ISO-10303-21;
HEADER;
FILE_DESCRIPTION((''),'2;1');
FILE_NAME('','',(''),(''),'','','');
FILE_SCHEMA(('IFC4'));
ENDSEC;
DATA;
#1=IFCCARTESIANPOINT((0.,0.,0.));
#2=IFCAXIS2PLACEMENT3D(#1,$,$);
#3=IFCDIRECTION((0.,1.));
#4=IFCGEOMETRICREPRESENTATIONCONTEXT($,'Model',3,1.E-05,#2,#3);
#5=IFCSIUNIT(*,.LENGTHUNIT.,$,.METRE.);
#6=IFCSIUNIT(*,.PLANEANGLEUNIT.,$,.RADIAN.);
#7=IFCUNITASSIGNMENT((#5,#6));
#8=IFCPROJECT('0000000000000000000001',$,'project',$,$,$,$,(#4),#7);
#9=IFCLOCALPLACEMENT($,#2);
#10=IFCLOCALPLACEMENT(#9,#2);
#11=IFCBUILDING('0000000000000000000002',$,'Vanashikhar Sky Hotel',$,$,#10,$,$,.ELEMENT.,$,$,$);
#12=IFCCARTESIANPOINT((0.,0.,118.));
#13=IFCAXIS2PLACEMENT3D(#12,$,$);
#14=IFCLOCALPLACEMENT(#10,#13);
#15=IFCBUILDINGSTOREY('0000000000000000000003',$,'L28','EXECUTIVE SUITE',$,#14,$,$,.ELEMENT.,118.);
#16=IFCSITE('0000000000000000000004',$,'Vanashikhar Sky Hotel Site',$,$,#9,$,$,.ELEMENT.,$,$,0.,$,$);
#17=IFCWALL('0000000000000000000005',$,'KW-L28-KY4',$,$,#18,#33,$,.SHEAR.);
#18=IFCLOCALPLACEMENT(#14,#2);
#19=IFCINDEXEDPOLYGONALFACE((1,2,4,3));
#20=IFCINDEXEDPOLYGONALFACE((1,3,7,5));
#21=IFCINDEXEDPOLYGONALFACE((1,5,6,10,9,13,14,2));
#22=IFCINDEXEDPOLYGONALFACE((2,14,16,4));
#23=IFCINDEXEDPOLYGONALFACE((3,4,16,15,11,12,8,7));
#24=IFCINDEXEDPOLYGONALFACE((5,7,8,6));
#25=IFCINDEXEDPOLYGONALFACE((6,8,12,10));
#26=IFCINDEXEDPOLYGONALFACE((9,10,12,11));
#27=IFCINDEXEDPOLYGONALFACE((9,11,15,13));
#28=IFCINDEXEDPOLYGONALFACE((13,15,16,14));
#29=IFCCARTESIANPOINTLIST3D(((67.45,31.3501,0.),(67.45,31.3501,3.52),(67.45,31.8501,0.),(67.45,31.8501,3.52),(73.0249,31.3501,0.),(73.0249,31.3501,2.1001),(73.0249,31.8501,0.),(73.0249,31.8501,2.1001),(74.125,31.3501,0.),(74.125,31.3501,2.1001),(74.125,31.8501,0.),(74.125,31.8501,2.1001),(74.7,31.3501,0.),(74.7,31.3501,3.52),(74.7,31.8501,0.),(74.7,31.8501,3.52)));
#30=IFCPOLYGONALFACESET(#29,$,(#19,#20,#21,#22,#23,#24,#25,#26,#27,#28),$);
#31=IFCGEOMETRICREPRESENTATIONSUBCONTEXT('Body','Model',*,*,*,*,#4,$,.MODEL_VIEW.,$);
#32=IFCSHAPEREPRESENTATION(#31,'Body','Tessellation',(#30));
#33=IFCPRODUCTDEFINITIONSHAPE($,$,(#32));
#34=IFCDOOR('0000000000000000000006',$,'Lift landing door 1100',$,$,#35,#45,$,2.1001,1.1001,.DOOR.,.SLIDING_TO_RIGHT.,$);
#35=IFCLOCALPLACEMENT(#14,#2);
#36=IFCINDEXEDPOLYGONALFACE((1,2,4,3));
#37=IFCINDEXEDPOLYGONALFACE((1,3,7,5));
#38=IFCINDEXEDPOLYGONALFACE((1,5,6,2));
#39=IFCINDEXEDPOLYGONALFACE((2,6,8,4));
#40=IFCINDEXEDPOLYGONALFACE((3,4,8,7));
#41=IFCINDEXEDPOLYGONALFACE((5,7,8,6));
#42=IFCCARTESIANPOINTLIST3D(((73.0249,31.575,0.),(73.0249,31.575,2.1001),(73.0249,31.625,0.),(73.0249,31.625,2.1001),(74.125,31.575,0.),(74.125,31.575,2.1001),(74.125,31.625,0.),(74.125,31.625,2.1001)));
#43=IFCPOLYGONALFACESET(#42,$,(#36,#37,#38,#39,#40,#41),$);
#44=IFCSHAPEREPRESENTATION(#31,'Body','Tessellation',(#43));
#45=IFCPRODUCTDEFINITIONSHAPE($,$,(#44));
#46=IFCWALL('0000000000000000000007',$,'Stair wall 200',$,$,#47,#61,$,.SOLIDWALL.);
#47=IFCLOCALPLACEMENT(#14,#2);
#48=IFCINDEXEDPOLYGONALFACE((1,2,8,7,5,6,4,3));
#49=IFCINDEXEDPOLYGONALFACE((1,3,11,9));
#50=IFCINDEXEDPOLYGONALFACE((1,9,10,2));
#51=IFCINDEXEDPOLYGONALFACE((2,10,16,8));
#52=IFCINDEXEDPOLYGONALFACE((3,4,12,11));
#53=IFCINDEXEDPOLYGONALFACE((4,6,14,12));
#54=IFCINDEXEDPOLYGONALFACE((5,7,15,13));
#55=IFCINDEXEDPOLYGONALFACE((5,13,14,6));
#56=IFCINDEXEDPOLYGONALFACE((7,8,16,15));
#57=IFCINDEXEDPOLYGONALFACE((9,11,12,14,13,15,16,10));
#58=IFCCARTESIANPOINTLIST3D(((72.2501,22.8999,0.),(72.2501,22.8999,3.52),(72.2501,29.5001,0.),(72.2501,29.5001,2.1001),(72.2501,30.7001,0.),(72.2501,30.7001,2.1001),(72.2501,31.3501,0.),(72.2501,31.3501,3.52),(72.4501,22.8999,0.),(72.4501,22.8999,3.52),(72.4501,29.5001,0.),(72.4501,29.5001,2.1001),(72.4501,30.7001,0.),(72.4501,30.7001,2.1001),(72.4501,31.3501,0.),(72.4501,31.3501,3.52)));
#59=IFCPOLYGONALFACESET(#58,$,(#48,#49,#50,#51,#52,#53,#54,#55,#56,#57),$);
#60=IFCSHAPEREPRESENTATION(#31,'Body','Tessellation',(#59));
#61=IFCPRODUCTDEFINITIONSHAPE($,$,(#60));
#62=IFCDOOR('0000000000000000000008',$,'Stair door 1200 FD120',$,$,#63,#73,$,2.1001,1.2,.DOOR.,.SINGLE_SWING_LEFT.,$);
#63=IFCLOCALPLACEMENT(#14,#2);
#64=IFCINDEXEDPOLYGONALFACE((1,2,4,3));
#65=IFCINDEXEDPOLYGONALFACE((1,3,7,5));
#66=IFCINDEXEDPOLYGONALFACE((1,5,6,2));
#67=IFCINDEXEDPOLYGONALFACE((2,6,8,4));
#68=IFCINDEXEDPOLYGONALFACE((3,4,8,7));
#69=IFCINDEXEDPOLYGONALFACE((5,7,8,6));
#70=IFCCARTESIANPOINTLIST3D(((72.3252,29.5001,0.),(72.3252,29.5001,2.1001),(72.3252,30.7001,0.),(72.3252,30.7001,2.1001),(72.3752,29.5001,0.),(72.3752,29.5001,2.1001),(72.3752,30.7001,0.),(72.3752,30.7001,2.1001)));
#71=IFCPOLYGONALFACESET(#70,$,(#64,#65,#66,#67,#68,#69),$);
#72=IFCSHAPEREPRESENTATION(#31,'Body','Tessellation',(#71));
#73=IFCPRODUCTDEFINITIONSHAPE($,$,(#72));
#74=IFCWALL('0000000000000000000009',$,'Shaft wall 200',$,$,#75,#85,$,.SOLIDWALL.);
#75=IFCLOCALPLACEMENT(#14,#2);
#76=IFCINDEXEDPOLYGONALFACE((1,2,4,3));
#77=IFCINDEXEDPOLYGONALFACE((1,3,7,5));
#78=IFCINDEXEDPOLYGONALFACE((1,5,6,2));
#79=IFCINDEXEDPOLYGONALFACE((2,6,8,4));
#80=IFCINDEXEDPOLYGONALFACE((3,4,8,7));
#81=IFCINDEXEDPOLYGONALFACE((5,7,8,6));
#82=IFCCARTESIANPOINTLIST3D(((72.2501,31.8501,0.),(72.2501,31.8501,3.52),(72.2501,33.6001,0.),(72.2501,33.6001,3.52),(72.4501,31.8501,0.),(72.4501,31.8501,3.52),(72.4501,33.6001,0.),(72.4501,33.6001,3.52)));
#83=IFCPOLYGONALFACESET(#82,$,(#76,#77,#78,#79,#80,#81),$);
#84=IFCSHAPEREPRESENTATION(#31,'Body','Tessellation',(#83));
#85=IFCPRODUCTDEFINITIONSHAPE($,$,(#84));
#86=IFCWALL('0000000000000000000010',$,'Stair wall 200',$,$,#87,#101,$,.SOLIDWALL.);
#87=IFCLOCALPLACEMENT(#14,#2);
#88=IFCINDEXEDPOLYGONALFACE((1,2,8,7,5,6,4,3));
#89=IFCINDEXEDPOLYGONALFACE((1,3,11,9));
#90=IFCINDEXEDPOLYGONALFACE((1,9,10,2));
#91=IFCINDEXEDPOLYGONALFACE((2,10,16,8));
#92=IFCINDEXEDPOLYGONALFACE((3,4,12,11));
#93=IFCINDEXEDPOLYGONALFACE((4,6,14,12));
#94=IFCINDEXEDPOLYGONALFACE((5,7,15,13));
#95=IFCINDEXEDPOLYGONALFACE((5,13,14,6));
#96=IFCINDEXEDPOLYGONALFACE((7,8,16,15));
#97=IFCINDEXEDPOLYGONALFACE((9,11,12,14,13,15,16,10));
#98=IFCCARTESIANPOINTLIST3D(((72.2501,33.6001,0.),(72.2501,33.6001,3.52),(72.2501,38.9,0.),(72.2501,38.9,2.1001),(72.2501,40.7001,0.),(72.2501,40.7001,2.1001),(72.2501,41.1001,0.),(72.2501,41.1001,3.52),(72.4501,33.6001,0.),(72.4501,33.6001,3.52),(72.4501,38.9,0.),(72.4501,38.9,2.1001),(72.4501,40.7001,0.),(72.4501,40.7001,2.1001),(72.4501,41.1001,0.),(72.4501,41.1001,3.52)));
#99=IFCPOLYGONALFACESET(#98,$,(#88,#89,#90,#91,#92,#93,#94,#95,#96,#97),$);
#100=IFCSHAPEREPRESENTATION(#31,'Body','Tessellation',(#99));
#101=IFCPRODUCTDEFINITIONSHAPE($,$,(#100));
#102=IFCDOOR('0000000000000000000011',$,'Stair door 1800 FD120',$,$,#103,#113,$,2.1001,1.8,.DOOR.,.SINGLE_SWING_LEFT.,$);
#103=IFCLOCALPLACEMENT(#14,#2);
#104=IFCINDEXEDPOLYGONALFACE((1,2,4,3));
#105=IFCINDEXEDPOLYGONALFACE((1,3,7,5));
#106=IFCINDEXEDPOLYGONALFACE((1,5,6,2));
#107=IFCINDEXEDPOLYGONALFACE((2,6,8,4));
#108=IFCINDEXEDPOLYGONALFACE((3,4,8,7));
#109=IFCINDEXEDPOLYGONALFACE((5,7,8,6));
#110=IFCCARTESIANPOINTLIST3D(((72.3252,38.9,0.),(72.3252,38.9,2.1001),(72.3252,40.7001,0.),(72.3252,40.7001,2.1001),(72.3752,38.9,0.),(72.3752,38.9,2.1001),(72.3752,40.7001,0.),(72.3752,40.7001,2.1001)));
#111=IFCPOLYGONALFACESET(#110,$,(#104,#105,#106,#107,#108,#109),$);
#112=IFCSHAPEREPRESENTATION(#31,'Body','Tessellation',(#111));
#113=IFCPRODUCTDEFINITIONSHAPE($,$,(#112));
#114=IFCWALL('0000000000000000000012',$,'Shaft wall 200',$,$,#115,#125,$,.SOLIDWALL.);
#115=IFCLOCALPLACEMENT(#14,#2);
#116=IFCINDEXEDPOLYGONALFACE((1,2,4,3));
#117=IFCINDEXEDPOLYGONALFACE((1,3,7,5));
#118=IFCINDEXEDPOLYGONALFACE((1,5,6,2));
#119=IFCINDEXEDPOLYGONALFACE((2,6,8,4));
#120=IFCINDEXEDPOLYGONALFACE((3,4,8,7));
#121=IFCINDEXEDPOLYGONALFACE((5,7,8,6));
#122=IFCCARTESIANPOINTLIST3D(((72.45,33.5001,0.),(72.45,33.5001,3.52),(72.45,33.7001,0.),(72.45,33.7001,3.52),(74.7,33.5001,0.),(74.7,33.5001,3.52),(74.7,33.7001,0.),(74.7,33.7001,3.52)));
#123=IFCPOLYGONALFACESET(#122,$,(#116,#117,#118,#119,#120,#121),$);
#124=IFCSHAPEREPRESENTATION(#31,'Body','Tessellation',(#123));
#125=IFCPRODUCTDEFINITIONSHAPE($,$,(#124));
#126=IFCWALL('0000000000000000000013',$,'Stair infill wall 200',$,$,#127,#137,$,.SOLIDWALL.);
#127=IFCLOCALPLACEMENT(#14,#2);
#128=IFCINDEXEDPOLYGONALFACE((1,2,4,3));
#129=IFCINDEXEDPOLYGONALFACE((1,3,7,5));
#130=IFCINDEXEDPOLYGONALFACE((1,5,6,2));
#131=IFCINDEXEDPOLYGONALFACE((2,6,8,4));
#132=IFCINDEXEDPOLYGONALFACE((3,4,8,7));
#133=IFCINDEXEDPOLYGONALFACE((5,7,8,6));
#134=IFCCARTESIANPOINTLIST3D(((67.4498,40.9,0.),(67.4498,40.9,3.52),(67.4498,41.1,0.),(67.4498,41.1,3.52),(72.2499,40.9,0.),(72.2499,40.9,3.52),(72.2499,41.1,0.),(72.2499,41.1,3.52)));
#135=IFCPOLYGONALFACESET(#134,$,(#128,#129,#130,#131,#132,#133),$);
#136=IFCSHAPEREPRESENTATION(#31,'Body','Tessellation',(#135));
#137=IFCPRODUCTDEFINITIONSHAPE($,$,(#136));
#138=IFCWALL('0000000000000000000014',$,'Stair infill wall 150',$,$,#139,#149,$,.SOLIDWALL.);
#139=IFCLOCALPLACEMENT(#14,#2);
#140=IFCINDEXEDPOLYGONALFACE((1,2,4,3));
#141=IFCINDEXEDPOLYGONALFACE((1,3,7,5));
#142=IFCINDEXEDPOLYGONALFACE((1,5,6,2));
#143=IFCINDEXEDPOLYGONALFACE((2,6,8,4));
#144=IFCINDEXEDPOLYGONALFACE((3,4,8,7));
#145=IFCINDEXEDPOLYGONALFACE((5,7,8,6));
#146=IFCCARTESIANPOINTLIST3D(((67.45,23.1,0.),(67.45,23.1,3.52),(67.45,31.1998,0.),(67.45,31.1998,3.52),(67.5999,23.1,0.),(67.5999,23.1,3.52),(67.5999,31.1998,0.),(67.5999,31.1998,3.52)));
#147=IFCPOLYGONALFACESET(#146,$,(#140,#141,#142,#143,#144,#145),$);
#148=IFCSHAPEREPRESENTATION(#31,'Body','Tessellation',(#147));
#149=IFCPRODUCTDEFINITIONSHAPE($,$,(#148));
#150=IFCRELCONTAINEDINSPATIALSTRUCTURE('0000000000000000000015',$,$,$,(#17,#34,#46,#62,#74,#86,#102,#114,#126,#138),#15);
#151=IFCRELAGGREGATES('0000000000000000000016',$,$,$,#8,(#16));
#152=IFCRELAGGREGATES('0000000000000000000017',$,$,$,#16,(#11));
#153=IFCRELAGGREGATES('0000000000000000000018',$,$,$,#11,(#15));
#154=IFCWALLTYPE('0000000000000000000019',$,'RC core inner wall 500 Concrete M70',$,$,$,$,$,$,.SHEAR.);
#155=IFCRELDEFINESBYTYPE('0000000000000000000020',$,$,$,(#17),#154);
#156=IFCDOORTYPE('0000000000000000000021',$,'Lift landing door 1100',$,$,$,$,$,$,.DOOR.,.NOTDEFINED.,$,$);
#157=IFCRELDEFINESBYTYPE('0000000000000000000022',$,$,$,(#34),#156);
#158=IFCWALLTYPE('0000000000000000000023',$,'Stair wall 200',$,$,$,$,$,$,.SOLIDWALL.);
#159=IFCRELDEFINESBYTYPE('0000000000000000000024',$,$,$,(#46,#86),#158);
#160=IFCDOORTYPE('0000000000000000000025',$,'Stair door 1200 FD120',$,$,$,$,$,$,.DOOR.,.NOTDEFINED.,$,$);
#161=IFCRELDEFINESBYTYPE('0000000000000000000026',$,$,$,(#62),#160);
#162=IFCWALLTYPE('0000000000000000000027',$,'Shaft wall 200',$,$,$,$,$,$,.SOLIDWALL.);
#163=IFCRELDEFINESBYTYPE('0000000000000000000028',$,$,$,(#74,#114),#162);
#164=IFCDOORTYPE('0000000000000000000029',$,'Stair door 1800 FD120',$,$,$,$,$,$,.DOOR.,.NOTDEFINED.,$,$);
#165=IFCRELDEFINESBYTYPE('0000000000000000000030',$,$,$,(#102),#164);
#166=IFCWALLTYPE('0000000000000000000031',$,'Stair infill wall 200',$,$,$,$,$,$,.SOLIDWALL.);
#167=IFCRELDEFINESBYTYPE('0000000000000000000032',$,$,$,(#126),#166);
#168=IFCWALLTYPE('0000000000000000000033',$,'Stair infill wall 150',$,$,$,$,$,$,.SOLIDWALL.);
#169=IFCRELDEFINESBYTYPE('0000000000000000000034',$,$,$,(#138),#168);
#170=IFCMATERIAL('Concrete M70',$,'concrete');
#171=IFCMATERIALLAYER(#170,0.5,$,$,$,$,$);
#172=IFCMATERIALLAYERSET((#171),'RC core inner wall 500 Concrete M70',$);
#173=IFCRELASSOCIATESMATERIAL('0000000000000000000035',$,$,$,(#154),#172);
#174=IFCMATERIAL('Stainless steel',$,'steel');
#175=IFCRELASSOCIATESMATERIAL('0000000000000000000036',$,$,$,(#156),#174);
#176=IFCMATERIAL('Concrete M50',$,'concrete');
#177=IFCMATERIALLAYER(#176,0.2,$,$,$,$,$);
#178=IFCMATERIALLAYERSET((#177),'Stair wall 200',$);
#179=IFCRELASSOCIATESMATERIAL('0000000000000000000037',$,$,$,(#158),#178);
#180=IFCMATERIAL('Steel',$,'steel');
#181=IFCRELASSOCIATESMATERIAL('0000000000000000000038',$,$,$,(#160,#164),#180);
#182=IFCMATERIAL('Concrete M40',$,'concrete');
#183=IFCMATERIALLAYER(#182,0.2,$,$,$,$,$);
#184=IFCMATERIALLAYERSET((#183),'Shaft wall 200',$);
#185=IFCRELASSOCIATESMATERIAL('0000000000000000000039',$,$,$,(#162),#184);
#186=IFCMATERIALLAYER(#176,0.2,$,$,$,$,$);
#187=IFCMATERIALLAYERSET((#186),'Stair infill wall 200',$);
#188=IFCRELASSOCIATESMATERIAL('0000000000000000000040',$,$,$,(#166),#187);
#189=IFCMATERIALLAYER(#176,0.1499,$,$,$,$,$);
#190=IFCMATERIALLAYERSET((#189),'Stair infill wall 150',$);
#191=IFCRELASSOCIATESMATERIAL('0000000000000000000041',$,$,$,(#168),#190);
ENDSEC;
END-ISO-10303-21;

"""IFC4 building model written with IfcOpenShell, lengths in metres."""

from ifc_helpers import new_model, si_unit, direction, frame, frame_2d, origin, place, context, subcontext, project, spatial, rectangle, extrude, source, transform, mapped, material, layer, layer_set, type_object, element, fill, save


model = new_model("IFC4")

# Units and contexts
model_context = context("Model", 3, precision=1e-05, world=origin(), true_north=direction((0.0, 1.0)))
body_context = subcontext(model_context, "Body", "Model", "MODEL_VIEW")
ifc_project = project(units=[si_unit("LENGTHUNIT", "METRE"), si_unit("PLANEANGLEUNIT", "RADIAN")], contexts=[model_context])

# Site, building, storey
site_placement = place(None, origin())
site = spatial("IfcSite", under=ifc_project, at=site_placement, Name="Vanashikhar Sky Hotel Site", CompositionType="ELEMENT", RefElevation=0.0)
building_placement = place(site_placement, origin())
building = spatial("IfcBuilding", under=site, at=building_placement, Name="Vanashikhar Sky Hotel", CompositionType="ELEMENT")
storey_placement = place(building_placement, frame((0.0, 0.0, 118.0)))
storey = spatial("IfcBuildingStorey", under=building, at=storey_placement, Name="L28", Description="EXECUTIVE SUITE", CompositionType="ELEMENT", Elevation=118.0)

# Walls, openings, doors
ifc_material_1 = material(Name="Concrete M70", Category="concrete")
ifc_layer_1 = layer(ifc_material_1, 0.5)
ifc_layer_set_1 = layer_set([ifc_layer_1], Name="RC core inner wall 500 Concrete M70")
wall_type_1 = type_object("IfcWallType", Name="RC core inner wall 500 Concrete M70", PredefinedType="SHEAR", material=ifc_layer_set_1)
shared_shape_1 = source(origin(), body_context, "Body", "SweptSolid", [
    extrude(rectangle(XDim=7.25, YDim=0.5, at=frame_2d((3.625, 0.0))), origin(), (0.0, 0.0, 1.0), 3.52),
])
wall_1_placement = place(storey_placement, frame((67.45, 31.6001, 0.0), z_axis=(0.0, 0.0, 1.0), x_axis=(1.0, 0.0, 0.0)))
wall_1 = element("IfcWall", 1, at=wall_1_placement, inside=storey, type_object=wall_type_1, Name="KW-L28-KY4", PredefinedType="SHEAR", context=body_context, shape_type="MappedRepresentation", body=[
    mapped(shared_shape_1, transform((0.0, 0.0, 0.0), scale=1.0)),
])
shared_shape_2 = source(origin(), body_context, "Body", "SweptSolid", [
    extrude(rectangle(XDim=1.1001, YDim=2.1001, at=frame_2d((0.55, 1.05))), frame((0.0, 0.26, 0.0), z_axis=(0.0, -1.0, 0.0), x_axis=(1.0, 0.0, 0.0)), (0.0, 0.0, 1.0), 0.52),
])
opening_1_placement = place(wall_1_placement, frame((5.575, 0.0, 0.0)))
opening_1 = element("IfcOpeningElement", 2, at=opening_1_placement, cuts=wall_1, PredefinedType="OPENING", context=body_context, shape_type="MappedRepresentation", body=[
    mapped(shared_shape_2, transform((0.0, 0.0, 0.0), scale=1.0)),
])
ifc_material_2 = material(Name="Stainless steel", Category="steel")
door_type_1 = type_object("IfcDoorType", Name="Lift landing door 1100", OperationType="NOTDEFINED", PredefinedType="DOOR", material=ifc_material_2)
shared_shape_3 = source(origin(), body_context, "Body", "SweptSolid", [
    extrude(rectangle(XDim=1.1001, YDim=2.1001, at=frame_2d((0.55, 1.05))), frame((0.0, 0.0249, 0.0), z_axis=(0.0, -1.0, 0.0), x_axis=(1.0, 0.0, 0.0)), (0.0, 0.0, 1.0), 0.05),
])
door_1_placement = place(opening_1_placement, origin())
door_1 = element("IfcDoor", 3, at=door_1_placement, inside=storey, type_object=door_type_1, Name="Lift landing door 1100", OperationType="SLIDING_TO_RIGHT", OverallHeight=2.1001, OverallWidth=1.1001, PredefinedType="DOOR", context=body_context, shape_type="MappedRepresentation", body=[
    mapped(shared_shape_3, transform((0.0, 0.0, 0.0), scale=1.0)),
])
fill(opening_1, door_1)
ifc_material_3 = material(Name="Concrete M50", Category="concrete")
ifc_layer_2 = layer(ifc_material_3, 0.2)
ifc_layer_set_2 = layer_set([ifc_layer_2], Name="Stair wall 200")
wall_type_2 = type_object("IfcWallType", Name="Stair wall 200", PredefinedType="SOLIDWALL", material=ifc_layer_set_2)
shared_shape_4 = source(origin(), body_context, "Body", "SweptSolid", [
    extrude(rectangle(XDim=8.4502, YDim=0.2, at=frame_2d((4.2251, 0.0))), origin(), (0.0, 0.0, 1.0), 3.52),
])
wall_2_placement = place(storey_placement, frame((72.3501, 22.8999, 0.0), z_axis=(0.0, 0.0, 1.0), x_axis=(0.0, 1.0, 0.0)))
wall_2 = element("IfcWall", 4, at=wall_2_placement, inside=storey, type_object=wall_type_2, Name="Stair wall 200", PredefinedType="SOLIDWALL", context=body_context, shape_type="MappedRepresentation", body=[
    mapped(shared_shape_4, transform((0.0, 0.0, 0.0), scale=1.0)),
])
shared_shape_5 = source(origin(), body_context, "Body", "SweptSolid", [
    extrude(rectangle(XDim=1.2, YDim=2.1001, at=frame_2d((0.6001, 1.05))), frame((0.0, 0.1099, 0.0), z_axis=(0.0, -1.0, 0.0), x_axis=(1.0, 0.0, 0.0)), (0.0, 0.0, 1.0), 0.22),
])
opening_2_placement = place(wall_2_placement, frame((6.6001, 0.0, 0.0)))
opening_2 = element("IfcOpeningElement", 5, at=opening_2_placement, cuts=wall_2, PredefinedType="OPENING", context=body_context, shape_type="MappedRepresentation", body=[
    mapped(shared_shape_5, transform((0.0, 0.0, 0.0), scale=1.0)),
])
ifc_material_4 = material(Name="Steel", Category="steel")
door_type_2 = type_object("IfcDoorType", Name="Stair door 1200 FD120", OperationType="NOTDEFINED", PredefinedType="DOOR", material=ifc_material_4)
shared_shape_6 = source(origin(), body_context, "Body", "SweptSolid", [
    extrude(rectangle(XDim=1.2, YDim=2.1001, at=frame_2d((0.6001, 1.05))), frame((0.0, 0.0249, 0.0), z_axis=(0.0, -1.0, 0.0), x_axis=(1.0, 0.0, 0.0)), (0.0, 0.0, 1.0), 0.05),
])
door_2_placement = place(opening_2_placement, origin())
door_2 = element("IfcDoor", 6, at=door_2_placement, inside=storey, type_object=door_type_2, Name="Stair door 1200 FD120", OperationType="SINGLE_SWING_LEFT", OverallHeight=2.1001, OverallWidth=1.2, PredefinedType="DOOR", context=body_context, shape_type="MappedRepresentation", body=[
    mapped(shared_shape_6, transform((0.0, 0.0, 0.0), scale=1.0)),
])
fill(opening_2, door_2)

# Wall
ifc_material_5 = material(Name="Concrete M40", Category="concrete")
ifc_layer_3 = layer(ifc_material_5, 0.2)
ifc_layer_set_3 = layer_set([ifc_layer_3], Name="Shaft wall 200")
wall_type_3 = type_object("IfcWallType", Name="Shaft wall 200", PredefinedType="SOLIDWALL", material=ifc_layer_set_3)
shared_shape_7 = source(origin(), body_context, "Body", "SweptSolid", [
    extrude(rectangle(XDim=1.75, YDim=0.2, at=frame_2d((0.875, 0.0))), origin(), (0.0, 0.0, 1.0), 3.52),
])
wall_3_placement = place(storey_placement, frame((72.3501, 31.8501, 0.0), z_axis=(0.0, 0.0, 1.0), x_axis=(0.0, 1.0, 0.0)))
element("IfcWall", 7, at=wall_3_placement, inside=storey, type_object=wall_type_3, Name="Shaft wall 200", PredefinedType="SOLIDWALL", context=body_context, shape_type="MappedRepresentation", body=[
    mapped(shared_shape_7, transform((0.0, 0.0, 0.0), scale=1.0)),
])

# Wall, opening, door
shared_shape_8 = source(origin(), body_context, "Body", "SweptSolid", [
    extrude(rectangle(XDim=7.5, YDim=0.2, at=frame_2d((3.75, 0.0))), origin(), (0.0, 0.0, 1.0), 3.52),
])
wall_4_placement = place(storey_placement, frame((72.3501, 33.6001, 0.0), z_axis=(0.0, 0.0, 1.0), x_axis=(0.0, 1.0, 0.0)))
wall_4 = element("IfcWall", 8, at=wall_4_placement, inside=storey, type_object=wall_type_2, Name="Stair wall 200", PredefinedType="SOLIDWALL", context=body_context, shape_type="MappedRepresentation", body=[
    mapped(shared_shape_8, transform((0.0, 0.0, 0.0), scale=1.0)),
])
shared_shape_9 = source(origin(), body_context, "Body", "SweptSolid", [
    extrude(rectangle(XDim=1.8, YDim=2.1001, at=frame_2d((0.8999, 1.05))), frame((0.0, 0.1099, 0.0), z_axis=(0.0, -1.0, 0.0), x_axis=(1.0, 0.0, 0.0)), (0.0, 0.0, 1.0), 0.22),
])
opening_3_placement = place(wall_4_placement, frame((5.3, 0.0, 0.0)))
opening_3 = element("IfcOpeningElement", 9, at=opening_3_placement, cuts=wall_4, PredefinedType="OPENING", context=body_context, shape_type="MappedRepresentation", body=[
    mapped(shared_shape_9, transform((0.0, 0.0, 0.0), scale=1.0)),
])
door_type_3 = type_object("IfcDoorType", Name="Stair door 1800 FD120", OperationType="NOTDEFINED", PredefinedType="DOOR", material=ifc_material_4)
shared_shape_10 = source(origin(), body_context, "Body", "SweptSolid", [
    extrude(rectangle(XDim=1.8, YDim=2.1001, at=frame_2d((0.8999, 1.05))), frame((0.0, 0.0249, 0.0), z_axis=(0.0, -1.0, 0.0), x_axis=(1.0, 0.0, 0.0)), (0.0, 0.0, 1.0), 0.05),
])
door_3_placement = place(opening_3_placement, origin())
door_3 = element("IfcDoor", 10, at=door_3_placement, inside=storey, type_object=door_type_3, Name="Stair door 1800 FD120", OperationType="SINGLE_SWING_LEFT", OverallHeight=2.1001, OverallWidth=1.8, PredefinedType="DOOR", context=body_context, shape_type="MappedRepresentation", body=[
    mapped(shared_shape_10, transform((0.0, 0.0, 0.0), scale=1.0)),
])
fill(opening_3, door_3)

# Walls
shared_shape_11 = source(origin(), body_context, "Body", "SweptSolid", [
    extrude(rectangle(XDim=2.25, YDim=0.2, at=frame_2d((1.125, 0.0))), origin(), (0.0, 0.0, 1.0), 3.52),
])
wall_5_placement = place(storey_placement, frame((72.45, 33.6001, 0.0), z_axis=(0.0, 0.0, 1.0), x_axis=(1.0, 0.0, 0.0)))
element("IfcWall", 11, at=wall_5_placement, inside=storey, type_object=wall_type_3, Name="Shaft wall 200", PredefinedType="SOLIDWALL", context=body_context, shape_type="MappedRepresentation", body=[
    mapped(shared_shape_11, transform((0.0, 0.0, 0.0), scale=1.0)),
])
ifc_layer_4 = layer(ifc_material_3, 0.2)
ifc_layer_set_4 = layer_set([ifc_layer_4], Name="Stair infill wall 200")
wall_type_4 = type_object("IfcWallType", Name="Stair infill wall 200", PredefinedType="SOLIDWALL", material=ifc_layer_set_4)
shared_shape_12 = source(origin(), body_context, "Body", "SweptSolid", [
    extrude(rectangle(XDim=4.8, YDim=0.2, at=frame_2d((2.3999, 0.0))), origin(), (0.0, 0.0, 1.0), 3.52),
])
wall_6_placement = place(storey_placement, frame((67.45, 41.0, 0.0), z_axis=(0.0, 0.0, 1.0), x_axis=(1.0, 0.0, 0.0)))
element("IfcWall", 12, at=wall_6_placement, inside=storey, type_object=wall_type_4, Name="Stair infill wall 200", PredefinedType="SOLIDWALL", context=body_context, shape_type="MappedRepresentation", body=[
    mapped(shared_shape_12, transform((0.0, 0.0, 0.0), scale=1.0)),
])
ifc_layer_5 = layer(ifc_material_3, 0.1499)
ifc_layer_set_5 = layer_set([ifc_layer_5], Name="Stair infill wall 150")
wall_type_5 = type_object("IfcWallType", Name="Stair infill wall 150", PredefinedType="SOLIDWALL", material=ifc_layer_set_5)
shared_shape_13 = source(origin(), body_context, "Body", "SweptSolid", [
    extrude(rectangle(XDim=8.0999, YDim=0.1499, at=frame_2d((4.0498, 0.0))), origin(), (0.0, 0.0, 1.0), 3.52),
])
for number, where, z_axis, x_axis, name in (
    (13, (67.5249, 23.1001, 0.0), (0.0, 0.0, 1.0), (0.0, 1.0, 0.0), "Stair infill wall 150"),
):
    element("IfcWall", number, at=place(storey_placement, frame(where, z_axis=z_axis, x_axis=x_axis)), inside=storey, type_object=wall_type_5, Name=name, PredefinedType="SOLIDWALL", context=body_context, shape_type="MappedRepresentation", body=[
        mapped(shared_shape_13, transform((0.0, 0.0, 0.0), scale=1.0)),
    ])

save(model, "model.ifc")
